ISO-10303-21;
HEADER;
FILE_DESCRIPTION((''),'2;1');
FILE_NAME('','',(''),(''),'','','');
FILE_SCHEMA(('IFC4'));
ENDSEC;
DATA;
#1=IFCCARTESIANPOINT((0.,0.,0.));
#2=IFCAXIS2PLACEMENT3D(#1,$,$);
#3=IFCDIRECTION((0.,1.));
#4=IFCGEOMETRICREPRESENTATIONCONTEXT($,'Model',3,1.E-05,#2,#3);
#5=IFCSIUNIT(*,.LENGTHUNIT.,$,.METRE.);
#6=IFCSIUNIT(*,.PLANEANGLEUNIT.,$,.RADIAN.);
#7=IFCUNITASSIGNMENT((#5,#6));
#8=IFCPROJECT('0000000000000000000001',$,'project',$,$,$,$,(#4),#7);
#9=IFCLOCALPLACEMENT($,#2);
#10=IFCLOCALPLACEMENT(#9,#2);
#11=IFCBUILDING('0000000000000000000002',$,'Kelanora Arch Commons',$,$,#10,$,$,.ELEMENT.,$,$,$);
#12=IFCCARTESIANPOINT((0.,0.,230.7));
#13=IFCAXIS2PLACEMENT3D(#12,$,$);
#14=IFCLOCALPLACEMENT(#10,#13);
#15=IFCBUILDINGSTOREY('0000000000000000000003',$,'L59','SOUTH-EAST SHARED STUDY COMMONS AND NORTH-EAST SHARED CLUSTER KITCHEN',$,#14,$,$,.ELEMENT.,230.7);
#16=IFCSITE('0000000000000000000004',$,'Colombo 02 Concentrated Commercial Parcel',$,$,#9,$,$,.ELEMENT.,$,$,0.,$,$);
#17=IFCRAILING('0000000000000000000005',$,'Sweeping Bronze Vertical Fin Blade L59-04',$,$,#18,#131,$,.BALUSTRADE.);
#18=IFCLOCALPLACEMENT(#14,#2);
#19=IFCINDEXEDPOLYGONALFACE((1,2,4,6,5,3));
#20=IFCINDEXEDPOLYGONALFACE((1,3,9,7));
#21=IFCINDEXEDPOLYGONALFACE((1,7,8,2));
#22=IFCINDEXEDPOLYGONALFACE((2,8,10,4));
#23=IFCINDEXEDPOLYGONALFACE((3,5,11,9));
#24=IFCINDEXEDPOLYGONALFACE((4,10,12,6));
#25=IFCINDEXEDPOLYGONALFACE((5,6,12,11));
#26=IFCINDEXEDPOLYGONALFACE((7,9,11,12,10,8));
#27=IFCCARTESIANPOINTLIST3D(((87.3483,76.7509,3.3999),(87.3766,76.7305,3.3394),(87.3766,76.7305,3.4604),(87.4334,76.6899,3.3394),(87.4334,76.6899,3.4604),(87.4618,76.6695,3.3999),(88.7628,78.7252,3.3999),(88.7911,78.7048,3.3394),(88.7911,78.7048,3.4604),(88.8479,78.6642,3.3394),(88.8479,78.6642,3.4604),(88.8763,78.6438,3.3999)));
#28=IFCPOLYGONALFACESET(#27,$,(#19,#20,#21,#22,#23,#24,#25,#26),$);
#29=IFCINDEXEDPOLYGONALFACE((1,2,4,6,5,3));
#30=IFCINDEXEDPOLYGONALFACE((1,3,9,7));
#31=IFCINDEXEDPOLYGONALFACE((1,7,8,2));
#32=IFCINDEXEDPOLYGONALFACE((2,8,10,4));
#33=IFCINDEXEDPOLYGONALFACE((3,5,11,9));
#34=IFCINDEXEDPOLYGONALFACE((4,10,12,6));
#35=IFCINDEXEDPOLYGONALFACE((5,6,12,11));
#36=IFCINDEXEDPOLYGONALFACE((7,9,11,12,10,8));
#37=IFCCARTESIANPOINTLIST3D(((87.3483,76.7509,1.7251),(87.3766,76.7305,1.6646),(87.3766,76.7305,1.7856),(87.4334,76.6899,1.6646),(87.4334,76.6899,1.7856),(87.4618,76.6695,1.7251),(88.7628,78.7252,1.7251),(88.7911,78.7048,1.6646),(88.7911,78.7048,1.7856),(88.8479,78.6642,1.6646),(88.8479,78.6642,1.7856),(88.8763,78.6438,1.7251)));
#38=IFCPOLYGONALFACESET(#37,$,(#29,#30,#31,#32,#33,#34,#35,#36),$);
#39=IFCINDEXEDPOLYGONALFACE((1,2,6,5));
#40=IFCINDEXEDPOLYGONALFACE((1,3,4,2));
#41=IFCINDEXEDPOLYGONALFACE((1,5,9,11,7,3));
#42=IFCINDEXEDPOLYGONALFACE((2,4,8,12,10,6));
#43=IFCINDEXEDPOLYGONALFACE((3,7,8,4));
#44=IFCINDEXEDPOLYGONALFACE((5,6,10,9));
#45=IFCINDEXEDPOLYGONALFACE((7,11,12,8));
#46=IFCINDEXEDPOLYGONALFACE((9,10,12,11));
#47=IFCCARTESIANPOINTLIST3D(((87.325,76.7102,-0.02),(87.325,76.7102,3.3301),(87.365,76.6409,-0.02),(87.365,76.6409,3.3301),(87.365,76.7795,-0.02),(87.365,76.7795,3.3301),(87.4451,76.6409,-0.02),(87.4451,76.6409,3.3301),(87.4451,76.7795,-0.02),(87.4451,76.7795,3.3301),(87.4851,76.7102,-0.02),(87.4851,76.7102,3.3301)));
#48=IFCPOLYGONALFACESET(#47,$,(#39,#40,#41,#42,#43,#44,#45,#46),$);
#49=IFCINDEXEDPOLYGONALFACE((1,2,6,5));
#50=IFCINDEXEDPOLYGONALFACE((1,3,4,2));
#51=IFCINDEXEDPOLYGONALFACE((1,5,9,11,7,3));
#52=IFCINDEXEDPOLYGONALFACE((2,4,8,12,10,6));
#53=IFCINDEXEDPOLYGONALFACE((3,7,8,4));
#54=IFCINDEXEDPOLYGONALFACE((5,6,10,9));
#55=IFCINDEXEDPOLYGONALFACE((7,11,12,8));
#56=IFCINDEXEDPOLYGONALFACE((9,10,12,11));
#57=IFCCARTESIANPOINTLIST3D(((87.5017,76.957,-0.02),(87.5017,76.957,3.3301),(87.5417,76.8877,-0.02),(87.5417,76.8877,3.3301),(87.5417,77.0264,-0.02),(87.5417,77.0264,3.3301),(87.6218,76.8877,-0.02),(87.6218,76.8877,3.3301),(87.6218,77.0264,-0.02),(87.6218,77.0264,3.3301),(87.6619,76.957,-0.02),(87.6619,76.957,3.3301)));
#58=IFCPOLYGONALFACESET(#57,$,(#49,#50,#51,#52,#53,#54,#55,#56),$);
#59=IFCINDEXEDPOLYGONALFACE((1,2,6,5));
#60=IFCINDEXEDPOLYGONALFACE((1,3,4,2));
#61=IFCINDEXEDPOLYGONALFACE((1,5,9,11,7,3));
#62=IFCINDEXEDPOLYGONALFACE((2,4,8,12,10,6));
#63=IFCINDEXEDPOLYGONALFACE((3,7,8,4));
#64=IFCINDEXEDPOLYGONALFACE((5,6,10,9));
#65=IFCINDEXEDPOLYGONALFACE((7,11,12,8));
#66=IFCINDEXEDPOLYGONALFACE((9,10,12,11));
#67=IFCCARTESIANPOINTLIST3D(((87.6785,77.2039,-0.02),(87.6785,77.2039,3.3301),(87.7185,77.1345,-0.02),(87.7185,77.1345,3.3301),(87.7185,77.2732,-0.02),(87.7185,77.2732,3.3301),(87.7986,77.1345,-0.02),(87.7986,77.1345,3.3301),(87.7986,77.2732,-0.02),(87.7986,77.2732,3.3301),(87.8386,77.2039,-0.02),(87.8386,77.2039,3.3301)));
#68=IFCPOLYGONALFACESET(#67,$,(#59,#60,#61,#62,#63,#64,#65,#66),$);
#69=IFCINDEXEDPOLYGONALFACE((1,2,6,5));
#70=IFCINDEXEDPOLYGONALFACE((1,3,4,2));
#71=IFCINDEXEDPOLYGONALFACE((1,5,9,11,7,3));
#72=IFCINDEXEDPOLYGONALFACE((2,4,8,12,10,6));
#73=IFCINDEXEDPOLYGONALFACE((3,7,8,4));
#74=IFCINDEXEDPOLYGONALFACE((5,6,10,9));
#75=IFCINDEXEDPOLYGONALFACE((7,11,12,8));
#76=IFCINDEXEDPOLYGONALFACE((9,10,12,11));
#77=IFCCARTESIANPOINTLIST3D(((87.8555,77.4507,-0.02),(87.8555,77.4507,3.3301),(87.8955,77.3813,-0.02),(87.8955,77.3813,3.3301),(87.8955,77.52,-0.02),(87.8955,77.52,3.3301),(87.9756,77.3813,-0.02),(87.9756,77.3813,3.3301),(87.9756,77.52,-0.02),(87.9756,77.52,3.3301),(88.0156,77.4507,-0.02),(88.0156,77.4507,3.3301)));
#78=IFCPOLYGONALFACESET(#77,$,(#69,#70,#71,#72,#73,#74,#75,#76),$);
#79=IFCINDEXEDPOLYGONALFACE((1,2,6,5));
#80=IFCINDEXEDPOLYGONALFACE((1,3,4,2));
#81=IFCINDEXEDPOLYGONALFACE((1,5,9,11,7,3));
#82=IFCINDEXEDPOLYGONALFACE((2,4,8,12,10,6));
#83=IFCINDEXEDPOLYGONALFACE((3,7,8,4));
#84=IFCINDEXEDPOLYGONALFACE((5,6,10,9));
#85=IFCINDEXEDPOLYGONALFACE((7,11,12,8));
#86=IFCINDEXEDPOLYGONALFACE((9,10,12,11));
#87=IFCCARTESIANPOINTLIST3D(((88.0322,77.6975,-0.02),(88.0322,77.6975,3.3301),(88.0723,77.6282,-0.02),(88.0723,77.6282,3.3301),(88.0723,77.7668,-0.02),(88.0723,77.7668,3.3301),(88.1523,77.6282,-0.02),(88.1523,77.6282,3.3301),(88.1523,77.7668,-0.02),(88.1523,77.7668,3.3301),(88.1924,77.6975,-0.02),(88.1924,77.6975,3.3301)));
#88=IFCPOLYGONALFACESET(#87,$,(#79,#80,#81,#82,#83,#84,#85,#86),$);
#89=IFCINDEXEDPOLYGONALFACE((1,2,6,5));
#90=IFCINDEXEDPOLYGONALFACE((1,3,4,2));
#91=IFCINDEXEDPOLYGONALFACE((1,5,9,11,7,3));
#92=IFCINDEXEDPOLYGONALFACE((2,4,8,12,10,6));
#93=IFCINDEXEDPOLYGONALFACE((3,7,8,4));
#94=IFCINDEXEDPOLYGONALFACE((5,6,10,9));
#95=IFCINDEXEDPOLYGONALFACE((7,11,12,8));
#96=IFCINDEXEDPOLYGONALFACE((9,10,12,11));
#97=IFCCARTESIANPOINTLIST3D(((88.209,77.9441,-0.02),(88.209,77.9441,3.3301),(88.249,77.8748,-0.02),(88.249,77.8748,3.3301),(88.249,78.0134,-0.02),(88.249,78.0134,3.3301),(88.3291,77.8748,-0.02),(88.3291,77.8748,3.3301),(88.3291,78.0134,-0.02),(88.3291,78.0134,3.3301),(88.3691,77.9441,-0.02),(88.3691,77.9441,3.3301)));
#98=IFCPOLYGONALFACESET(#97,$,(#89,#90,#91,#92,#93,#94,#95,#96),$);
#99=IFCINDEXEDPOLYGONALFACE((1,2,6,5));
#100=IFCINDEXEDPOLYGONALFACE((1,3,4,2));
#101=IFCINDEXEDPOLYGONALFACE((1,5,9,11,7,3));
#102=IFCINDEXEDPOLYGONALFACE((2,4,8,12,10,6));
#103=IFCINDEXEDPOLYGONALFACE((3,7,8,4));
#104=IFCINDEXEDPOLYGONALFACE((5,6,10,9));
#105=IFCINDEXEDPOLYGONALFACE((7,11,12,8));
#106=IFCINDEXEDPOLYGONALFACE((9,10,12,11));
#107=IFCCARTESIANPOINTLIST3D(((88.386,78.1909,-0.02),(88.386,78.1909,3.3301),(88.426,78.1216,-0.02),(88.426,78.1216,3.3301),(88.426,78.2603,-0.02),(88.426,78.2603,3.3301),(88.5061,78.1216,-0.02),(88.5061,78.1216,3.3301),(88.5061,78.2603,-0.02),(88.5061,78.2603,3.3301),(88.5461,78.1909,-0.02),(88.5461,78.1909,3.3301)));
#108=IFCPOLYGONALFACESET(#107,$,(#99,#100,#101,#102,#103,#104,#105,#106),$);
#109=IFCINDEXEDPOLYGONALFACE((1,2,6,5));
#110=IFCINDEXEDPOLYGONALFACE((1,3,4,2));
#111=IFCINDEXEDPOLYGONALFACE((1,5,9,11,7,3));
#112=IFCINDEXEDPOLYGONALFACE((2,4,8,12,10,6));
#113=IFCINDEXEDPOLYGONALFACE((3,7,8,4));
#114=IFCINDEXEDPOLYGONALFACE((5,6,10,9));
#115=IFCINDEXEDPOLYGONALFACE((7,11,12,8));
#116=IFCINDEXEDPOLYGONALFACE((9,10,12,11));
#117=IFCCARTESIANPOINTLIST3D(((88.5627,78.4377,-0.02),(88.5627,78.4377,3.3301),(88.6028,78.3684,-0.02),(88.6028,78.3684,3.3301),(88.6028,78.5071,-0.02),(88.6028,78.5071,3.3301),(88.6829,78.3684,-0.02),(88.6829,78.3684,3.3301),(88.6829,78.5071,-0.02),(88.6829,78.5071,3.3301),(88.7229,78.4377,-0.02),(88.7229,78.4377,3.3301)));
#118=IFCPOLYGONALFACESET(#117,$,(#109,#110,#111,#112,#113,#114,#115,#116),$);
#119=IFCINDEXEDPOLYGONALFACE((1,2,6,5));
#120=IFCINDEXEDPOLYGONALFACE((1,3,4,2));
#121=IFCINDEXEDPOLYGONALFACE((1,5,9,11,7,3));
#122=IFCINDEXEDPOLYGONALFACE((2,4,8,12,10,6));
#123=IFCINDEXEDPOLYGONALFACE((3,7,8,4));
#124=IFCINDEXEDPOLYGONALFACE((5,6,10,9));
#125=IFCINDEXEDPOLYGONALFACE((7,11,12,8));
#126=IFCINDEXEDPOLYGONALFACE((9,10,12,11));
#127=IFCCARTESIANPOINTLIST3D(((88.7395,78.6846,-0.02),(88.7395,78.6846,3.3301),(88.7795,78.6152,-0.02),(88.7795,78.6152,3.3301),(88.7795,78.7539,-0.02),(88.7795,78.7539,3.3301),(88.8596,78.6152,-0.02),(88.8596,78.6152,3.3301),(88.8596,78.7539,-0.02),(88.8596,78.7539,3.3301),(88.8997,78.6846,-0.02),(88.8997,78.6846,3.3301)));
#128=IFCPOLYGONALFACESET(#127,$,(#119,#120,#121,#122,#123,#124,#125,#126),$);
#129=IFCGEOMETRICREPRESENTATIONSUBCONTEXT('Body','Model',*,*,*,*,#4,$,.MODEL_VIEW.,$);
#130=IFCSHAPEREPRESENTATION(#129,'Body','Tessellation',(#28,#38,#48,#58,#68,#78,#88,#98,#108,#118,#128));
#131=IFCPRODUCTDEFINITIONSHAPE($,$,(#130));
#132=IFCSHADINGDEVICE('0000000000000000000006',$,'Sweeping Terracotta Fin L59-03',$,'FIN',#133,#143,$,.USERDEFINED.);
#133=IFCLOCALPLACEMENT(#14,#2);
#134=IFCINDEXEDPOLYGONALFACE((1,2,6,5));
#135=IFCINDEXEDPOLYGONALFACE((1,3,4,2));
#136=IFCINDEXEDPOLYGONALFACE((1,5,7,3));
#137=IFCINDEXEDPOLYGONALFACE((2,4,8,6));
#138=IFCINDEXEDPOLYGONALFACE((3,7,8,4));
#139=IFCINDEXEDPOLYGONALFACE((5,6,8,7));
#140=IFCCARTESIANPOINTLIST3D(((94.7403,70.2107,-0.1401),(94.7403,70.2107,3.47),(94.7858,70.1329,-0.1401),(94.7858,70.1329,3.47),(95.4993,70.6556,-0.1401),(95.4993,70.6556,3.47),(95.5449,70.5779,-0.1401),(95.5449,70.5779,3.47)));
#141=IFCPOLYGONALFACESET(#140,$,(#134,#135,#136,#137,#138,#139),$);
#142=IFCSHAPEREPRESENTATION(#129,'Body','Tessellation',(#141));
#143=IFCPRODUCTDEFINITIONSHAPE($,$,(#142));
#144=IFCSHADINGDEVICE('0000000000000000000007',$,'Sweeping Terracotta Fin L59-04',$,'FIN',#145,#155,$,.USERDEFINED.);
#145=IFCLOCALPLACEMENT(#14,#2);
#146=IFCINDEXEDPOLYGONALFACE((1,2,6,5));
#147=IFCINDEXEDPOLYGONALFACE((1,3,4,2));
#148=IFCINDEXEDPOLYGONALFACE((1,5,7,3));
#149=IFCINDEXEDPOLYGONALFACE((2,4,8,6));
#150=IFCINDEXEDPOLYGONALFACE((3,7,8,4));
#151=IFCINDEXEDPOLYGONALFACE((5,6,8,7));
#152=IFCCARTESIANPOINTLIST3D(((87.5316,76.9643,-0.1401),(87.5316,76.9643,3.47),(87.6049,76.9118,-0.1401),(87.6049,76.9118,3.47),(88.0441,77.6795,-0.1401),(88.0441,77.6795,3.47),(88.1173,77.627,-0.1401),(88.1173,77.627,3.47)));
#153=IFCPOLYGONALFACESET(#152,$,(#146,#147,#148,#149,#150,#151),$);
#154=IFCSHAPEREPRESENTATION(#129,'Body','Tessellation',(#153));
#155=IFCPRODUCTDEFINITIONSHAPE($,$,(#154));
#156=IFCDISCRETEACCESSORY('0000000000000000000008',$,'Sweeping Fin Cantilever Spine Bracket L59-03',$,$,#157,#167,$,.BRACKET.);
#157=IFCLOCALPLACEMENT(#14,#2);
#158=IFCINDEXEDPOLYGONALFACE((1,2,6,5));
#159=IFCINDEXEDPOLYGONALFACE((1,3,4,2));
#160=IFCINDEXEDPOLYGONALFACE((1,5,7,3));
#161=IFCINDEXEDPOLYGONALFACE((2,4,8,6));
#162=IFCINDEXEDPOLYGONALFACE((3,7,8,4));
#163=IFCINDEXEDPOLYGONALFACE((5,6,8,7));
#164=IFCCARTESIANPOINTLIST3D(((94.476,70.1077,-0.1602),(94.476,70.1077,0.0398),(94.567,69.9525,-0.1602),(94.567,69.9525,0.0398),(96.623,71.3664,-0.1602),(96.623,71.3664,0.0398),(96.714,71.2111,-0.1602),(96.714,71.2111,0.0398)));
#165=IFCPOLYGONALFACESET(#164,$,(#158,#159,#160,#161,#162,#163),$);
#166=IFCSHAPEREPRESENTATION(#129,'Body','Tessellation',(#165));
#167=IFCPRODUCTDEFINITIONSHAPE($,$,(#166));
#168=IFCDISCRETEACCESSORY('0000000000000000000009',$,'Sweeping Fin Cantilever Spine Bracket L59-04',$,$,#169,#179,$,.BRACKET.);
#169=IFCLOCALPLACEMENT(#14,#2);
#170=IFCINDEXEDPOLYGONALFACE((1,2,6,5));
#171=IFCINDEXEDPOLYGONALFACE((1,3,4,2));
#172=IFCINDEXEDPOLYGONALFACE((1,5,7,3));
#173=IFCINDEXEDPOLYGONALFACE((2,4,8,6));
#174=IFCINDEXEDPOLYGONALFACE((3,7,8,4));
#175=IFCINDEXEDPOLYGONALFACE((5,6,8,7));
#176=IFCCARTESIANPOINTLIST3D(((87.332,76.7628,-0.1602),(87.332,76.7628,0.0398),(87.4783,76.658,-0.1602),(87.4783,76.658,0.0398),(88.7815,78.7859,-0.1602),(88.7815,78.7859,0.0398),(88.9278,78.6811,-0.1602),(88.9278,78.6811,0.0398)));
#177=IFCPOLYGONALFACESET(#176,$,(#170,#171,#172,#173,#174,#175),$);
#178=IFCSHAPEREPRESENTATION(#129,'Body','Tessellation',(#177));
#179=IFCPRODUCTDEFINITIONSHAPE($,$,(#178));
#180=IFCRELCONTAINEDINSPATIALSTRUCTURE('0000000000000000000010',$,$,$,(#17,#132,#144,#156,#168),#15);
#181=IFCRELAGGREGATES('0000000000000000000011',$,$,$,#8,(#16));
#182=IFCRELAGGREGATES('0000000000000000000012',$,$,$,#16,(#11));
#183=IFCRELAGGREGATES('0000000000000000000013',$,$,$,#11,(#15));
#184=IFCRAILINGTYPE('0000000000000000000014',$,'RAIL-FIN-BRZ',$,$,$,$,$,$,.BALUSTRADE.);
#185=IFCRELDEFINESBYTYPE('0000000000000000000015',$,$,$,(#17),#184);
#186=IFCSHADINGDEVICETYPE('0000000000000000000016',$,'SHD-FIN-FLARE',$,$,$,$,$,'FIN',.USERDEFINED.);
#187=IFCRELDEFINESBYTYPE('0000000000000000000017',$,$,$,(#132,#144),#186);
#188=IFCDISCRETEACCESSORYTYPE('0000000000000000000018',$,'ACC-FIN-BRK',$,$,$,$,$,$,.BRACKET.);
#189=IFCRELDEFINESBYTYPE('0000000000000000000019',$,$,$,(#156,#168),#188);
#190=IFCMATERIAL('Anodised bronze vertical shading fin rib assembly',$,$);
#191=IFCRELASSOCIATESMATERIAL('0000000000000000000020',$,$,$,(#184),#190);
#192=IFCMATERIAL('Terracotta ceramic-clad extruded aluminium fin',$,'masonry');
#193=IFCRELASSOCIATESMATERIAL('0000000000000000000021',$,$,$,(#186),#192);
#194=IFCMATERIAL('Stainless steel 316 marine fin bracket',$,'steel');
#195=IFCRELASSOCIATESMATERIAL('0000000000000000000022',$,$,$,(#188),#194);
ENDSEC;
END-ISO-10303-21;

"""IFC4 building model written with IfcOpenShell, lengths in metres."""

from ifc_helpers import new_model, si_unit, direction, frame, origin, origin_2d, place, context, subcontext, project, spatial, polyline, rectangle, outline, extrude, source, transform, mapped, material, type_object, element, save


model = new_model("IFC4")

# Units and contexts
model_context = context("Model", 3, precision=1e-05, world=origin(), true_north=direction((0.0, 1.0)))
body_context = subcontext(model_context, "Body", "Model", "MODEL_VIEW")
ifc_project = project(units=[si_unit("LENGTHUNIT", "METRE"), si_unit("PLANEANGLEUNIT", "RADIAN")], contexts=[model_context])

# Site, building, storey
site_placement = place(None, origin())
site = spatial("IfcSite", under=ifc_project, at=site_placement, Name="Colombo 02 Concentrated Commercial Parcel", CompositionType="ELEMENT", RefElevation=0.0)
building_placement = place(site_placement, origin())
building = spatial("IfcBuilding", under=site, at=building_placement, Name="Kelanora Arch Commons", CompositionType="ELEMENT")
storey_placement = place(building_placement, frame((0.0, 0.0, 230.7)))
storey = spatial("IfcBuildingStorey", under=building, at=storey_placement, Name="L59", Description="SOUTH-EAST SHARED STUDY COMMONS AND NORTH-EAST SHARED CLUSTER KITCHEN", CompositionType="ELEMENT", Elevation=230.7)

# Railing
ifc_material_1 = material(Name="Anodised bronze vertical shading fin rib assembly")
railing_type = type_object("IfcRailingType", Name="RAIL-FIN-BRZ", PredefinedType="BALUSTRADE", material=ifc_material_1)
railing_1_placement = place(storey_placement, frame((87.405, 76.7102, -0.02)))
element("IfcRailing", 1, at=railing_1_placement, inside=storey, type_object=railing_type, Name="Sweeping Bronze Vertical Fin Blade L59-04", PredefinedType="BALUSTRADE", context=body_context, shape_type="SweptSolid", body=[
    extrude(outline(polyline([(0.0698, 0.0), (0.0349, 0.0605), (-0.0349, 0.0605), (-0.0698, 0.0), (-0.0349, -0.0605), (0.0349, -0.0605), (0.0698, 0.0)])), frame((0.0, 0.0, 3.4199), z_axis=(0.582407, 0.812897, 0.0), x_axis=(-0.812897, 0.582407, 0.0)), (0.0, 0.0, 1.0), 2.4287),
    extrude(outline(polyline([(0.0698, 0.0), (0.0349, 0.0605), (-0.0349, 0.0605), (-0.0698, 0.0), (-0.0349, -0.0605), (0.0349, -0.0605), (0.0698, 0.0)])), frame((0.0, 0.0, 1.7451), z_axis=(0.582407, 0.812897, 0.0), x_axis=(-0.812897, 0.582407, 0.0)), (0.0, 0.0, 1.0), 2.4287),
    extrude(outline(polyline([(0.0801, 0.0), (0.04, 0.0693), (-0.04, 0.0693), (-0.0801, 0.0), (-0.04, -0.0693), (0.04, -0.0693), (0.0801, 0.0)])), origin(), (0.0, 0.0, 1.0), 3.3501),
    extrude(outline(polyline([(0.0801, 0.0), (0.04, 0.0693), (-0.04, 0.0693), (-0.0801, 0.0), (-0.04, -0.0693), (0.04, -0.0693), (0.0801, 0.0)])), frame((0.1768, 0.2468, 0.0)), (0.0, 0.0, 1.0), 3.3501),
    extrude(outline(polyline([(0.0801, 0.0), (0.04, 0.0693), (-0.04, 0.0693), (-0.0801, 0.0), (-0.04, -0.0693), (0.04, -0.0693), (0.0801, 0.0)])), frame((0.3535, 0.4937, 0.0)), (0.0, 0.0, 1.0), 3.3501),
    extrude(outline(polyline([(0.0801, 0.0), (0.04, 0.0693), (-0.04, 0.0693), (-0.0801, 0.0), (-0.04, -0.0693), (0.04, -0.0693), (0.0801, 0.0)])), frame((0.5305, 0.7405, 0.0)), (0.0, 0.0, 1.0), 3.3501),
    extrude(outline(polyline([(0.0801, 0.0), (0.04, 0.0693), (-0.04, 0.0693), (-0.0801, 0.0), (-0.04, -0.0693), (0.04, -0.0693), (0.0801, 0.0)])), frame((0.7073, 0.9873, 0.0)), (0.0, 0.0, 1.0), 3.3501),
    extrude(outline(polyline([(0.0801, 0.0), (0.04, 0.0693), (-0.04, 0.0693), (-0.0801, 0.0), (-0.04, -0.0693), (0.04, -0.0693), (0.0801, 0.0)])), frame((0.884, 1.2339, 0.0)), (0.0, 0.0, 1.0), 3.3501),
    extrude(outline(polyline([(0.0801, 0.0), (0.04, 0.0693), (-0.04, 0.0693), (-0.0801, 0.0), (-0.04, -0.0693), (0.04, -0.0693), (0.0801, 0.0)])), frame((1.061, 1.4807, 0.0)), (0.0, 0.0, 1.0), 3.3501),
    extrude(outline(polyline([(0.0801, 0.0), (0.04, 0.0693), (-0.04, 0.0693), (-0.0801, 0.0), (-0.04, -0.0693), (0.04, -0.0693), (0.0801, 0.0)])), frame((1.2378, 1.7275, 0.0)), (0.0, 0.0, 1.0), 3.3501),
    extrude(outline(polyline([(0.0801, 0.0), (0.04, 0.0693), (-0.04, 0.0693), (-0.0801, 0.0), (-0.04, -0.0693), (0.04, -0.0693), (0.0801, 0.0)])), frame((1.4146, 1.9744, 0.0)), (0.0, 0.0, 1.0), 3.3501),
])

# Shading devices
ifc_material_2 = material(Name="Terracotta ceramic-clad extruded aluminium fin", Category="masonry")
shading_device_type = type_object("IfcShadingDeviceType", Name="SHD-FIN-FLARE", ElementType="FIN", PredefinedType="USERDEFINED", material=ifc_material_2)
shared_shape_1 = source(origin(), body_context, "Body", "SweptSolid", [
    extrude(rectangle(XDim=0.8799, YDim=0.0901, at=origin_2d()), origin(), (0.0, 0.0, 1.0), 3.6101),
])
for number, where, z_axis, x_axis, name in (
    (2, (95.1426, 70.3943, -0.1401), (0.0, 0.0, 1.0), (0.86269, 0.505733, 0.0), "Sweeping Terracotta Fin L59-03"),
    (3, (87.8245, 77.2957, -0.1401), (0.0, 0.0, 1.0), (0.582407, 0.812898, 0.0), "Sweeping Terracotta Fin L59-04"),
):
    element("IfcShadingDevice", number, at=place(storey_placement, frame(where, z_axis=z_axis, x_axis=x_axis)), inside=storey, type_object=shading_device_type, Name=name, ObjectType="FIN", PredefinedType="USERDEFINED", context=body_context, shape_type="MappedRepresentation", body=[
        mapped(shared_shape_1, transform((0.0, 0.0, 0.0), scale=1.0)),
    ])

# Discrete accessories
ifc_material_3 = material(Name="Stainless steel 316 marine fin bracket", Category="steel")
discrete_accessory_type = type_object("IfcDiscreteAccessoryType", Name="ACC-FIN-BRK", PredefinedType="BRACKET", material=ifc_material_3)
shared_shape_2 = source(origin(), body_context, "Body", "SweptSolid", [
    extrude(rectangle(XDim=2.4888, YDim=0.1799, at=origin_2d()), origin(), (0.0, 0.0, 1.0), 0.2),
])
for number, where, z_axis, x_axis, name in (
    (4, (95.595, 70.6594, -0.1602), (0.0, 0.0, 1.0), (0.86269, 0.505733, 0.0), "Sweeping Fin Cantilever Spine Bracket L59-03"),
    (5, (88.1299, 77.7219, -0.1602), (0.0, 0.0, 1.0), (0.582407, 0.812898, 0.0), "Sweeping Fin Cantilever Spine Bracket L59-04"),
):
    element("IfcDiscreteAccessory", number, at=place(storey_placement, frame(where, z_axis=z_axis, x_axis=x_axis)), inside=storey, type_object=discrete_accessory_type, Name=name, PredefinedType="BRACKET", context=body_context, shape_type="MappedRepresentation", body=[
        mapped(shared_shape_2, transform((0.0, 0.0, 0.0), scale=1.0)),
    ])

save(model, "model.ifc")
